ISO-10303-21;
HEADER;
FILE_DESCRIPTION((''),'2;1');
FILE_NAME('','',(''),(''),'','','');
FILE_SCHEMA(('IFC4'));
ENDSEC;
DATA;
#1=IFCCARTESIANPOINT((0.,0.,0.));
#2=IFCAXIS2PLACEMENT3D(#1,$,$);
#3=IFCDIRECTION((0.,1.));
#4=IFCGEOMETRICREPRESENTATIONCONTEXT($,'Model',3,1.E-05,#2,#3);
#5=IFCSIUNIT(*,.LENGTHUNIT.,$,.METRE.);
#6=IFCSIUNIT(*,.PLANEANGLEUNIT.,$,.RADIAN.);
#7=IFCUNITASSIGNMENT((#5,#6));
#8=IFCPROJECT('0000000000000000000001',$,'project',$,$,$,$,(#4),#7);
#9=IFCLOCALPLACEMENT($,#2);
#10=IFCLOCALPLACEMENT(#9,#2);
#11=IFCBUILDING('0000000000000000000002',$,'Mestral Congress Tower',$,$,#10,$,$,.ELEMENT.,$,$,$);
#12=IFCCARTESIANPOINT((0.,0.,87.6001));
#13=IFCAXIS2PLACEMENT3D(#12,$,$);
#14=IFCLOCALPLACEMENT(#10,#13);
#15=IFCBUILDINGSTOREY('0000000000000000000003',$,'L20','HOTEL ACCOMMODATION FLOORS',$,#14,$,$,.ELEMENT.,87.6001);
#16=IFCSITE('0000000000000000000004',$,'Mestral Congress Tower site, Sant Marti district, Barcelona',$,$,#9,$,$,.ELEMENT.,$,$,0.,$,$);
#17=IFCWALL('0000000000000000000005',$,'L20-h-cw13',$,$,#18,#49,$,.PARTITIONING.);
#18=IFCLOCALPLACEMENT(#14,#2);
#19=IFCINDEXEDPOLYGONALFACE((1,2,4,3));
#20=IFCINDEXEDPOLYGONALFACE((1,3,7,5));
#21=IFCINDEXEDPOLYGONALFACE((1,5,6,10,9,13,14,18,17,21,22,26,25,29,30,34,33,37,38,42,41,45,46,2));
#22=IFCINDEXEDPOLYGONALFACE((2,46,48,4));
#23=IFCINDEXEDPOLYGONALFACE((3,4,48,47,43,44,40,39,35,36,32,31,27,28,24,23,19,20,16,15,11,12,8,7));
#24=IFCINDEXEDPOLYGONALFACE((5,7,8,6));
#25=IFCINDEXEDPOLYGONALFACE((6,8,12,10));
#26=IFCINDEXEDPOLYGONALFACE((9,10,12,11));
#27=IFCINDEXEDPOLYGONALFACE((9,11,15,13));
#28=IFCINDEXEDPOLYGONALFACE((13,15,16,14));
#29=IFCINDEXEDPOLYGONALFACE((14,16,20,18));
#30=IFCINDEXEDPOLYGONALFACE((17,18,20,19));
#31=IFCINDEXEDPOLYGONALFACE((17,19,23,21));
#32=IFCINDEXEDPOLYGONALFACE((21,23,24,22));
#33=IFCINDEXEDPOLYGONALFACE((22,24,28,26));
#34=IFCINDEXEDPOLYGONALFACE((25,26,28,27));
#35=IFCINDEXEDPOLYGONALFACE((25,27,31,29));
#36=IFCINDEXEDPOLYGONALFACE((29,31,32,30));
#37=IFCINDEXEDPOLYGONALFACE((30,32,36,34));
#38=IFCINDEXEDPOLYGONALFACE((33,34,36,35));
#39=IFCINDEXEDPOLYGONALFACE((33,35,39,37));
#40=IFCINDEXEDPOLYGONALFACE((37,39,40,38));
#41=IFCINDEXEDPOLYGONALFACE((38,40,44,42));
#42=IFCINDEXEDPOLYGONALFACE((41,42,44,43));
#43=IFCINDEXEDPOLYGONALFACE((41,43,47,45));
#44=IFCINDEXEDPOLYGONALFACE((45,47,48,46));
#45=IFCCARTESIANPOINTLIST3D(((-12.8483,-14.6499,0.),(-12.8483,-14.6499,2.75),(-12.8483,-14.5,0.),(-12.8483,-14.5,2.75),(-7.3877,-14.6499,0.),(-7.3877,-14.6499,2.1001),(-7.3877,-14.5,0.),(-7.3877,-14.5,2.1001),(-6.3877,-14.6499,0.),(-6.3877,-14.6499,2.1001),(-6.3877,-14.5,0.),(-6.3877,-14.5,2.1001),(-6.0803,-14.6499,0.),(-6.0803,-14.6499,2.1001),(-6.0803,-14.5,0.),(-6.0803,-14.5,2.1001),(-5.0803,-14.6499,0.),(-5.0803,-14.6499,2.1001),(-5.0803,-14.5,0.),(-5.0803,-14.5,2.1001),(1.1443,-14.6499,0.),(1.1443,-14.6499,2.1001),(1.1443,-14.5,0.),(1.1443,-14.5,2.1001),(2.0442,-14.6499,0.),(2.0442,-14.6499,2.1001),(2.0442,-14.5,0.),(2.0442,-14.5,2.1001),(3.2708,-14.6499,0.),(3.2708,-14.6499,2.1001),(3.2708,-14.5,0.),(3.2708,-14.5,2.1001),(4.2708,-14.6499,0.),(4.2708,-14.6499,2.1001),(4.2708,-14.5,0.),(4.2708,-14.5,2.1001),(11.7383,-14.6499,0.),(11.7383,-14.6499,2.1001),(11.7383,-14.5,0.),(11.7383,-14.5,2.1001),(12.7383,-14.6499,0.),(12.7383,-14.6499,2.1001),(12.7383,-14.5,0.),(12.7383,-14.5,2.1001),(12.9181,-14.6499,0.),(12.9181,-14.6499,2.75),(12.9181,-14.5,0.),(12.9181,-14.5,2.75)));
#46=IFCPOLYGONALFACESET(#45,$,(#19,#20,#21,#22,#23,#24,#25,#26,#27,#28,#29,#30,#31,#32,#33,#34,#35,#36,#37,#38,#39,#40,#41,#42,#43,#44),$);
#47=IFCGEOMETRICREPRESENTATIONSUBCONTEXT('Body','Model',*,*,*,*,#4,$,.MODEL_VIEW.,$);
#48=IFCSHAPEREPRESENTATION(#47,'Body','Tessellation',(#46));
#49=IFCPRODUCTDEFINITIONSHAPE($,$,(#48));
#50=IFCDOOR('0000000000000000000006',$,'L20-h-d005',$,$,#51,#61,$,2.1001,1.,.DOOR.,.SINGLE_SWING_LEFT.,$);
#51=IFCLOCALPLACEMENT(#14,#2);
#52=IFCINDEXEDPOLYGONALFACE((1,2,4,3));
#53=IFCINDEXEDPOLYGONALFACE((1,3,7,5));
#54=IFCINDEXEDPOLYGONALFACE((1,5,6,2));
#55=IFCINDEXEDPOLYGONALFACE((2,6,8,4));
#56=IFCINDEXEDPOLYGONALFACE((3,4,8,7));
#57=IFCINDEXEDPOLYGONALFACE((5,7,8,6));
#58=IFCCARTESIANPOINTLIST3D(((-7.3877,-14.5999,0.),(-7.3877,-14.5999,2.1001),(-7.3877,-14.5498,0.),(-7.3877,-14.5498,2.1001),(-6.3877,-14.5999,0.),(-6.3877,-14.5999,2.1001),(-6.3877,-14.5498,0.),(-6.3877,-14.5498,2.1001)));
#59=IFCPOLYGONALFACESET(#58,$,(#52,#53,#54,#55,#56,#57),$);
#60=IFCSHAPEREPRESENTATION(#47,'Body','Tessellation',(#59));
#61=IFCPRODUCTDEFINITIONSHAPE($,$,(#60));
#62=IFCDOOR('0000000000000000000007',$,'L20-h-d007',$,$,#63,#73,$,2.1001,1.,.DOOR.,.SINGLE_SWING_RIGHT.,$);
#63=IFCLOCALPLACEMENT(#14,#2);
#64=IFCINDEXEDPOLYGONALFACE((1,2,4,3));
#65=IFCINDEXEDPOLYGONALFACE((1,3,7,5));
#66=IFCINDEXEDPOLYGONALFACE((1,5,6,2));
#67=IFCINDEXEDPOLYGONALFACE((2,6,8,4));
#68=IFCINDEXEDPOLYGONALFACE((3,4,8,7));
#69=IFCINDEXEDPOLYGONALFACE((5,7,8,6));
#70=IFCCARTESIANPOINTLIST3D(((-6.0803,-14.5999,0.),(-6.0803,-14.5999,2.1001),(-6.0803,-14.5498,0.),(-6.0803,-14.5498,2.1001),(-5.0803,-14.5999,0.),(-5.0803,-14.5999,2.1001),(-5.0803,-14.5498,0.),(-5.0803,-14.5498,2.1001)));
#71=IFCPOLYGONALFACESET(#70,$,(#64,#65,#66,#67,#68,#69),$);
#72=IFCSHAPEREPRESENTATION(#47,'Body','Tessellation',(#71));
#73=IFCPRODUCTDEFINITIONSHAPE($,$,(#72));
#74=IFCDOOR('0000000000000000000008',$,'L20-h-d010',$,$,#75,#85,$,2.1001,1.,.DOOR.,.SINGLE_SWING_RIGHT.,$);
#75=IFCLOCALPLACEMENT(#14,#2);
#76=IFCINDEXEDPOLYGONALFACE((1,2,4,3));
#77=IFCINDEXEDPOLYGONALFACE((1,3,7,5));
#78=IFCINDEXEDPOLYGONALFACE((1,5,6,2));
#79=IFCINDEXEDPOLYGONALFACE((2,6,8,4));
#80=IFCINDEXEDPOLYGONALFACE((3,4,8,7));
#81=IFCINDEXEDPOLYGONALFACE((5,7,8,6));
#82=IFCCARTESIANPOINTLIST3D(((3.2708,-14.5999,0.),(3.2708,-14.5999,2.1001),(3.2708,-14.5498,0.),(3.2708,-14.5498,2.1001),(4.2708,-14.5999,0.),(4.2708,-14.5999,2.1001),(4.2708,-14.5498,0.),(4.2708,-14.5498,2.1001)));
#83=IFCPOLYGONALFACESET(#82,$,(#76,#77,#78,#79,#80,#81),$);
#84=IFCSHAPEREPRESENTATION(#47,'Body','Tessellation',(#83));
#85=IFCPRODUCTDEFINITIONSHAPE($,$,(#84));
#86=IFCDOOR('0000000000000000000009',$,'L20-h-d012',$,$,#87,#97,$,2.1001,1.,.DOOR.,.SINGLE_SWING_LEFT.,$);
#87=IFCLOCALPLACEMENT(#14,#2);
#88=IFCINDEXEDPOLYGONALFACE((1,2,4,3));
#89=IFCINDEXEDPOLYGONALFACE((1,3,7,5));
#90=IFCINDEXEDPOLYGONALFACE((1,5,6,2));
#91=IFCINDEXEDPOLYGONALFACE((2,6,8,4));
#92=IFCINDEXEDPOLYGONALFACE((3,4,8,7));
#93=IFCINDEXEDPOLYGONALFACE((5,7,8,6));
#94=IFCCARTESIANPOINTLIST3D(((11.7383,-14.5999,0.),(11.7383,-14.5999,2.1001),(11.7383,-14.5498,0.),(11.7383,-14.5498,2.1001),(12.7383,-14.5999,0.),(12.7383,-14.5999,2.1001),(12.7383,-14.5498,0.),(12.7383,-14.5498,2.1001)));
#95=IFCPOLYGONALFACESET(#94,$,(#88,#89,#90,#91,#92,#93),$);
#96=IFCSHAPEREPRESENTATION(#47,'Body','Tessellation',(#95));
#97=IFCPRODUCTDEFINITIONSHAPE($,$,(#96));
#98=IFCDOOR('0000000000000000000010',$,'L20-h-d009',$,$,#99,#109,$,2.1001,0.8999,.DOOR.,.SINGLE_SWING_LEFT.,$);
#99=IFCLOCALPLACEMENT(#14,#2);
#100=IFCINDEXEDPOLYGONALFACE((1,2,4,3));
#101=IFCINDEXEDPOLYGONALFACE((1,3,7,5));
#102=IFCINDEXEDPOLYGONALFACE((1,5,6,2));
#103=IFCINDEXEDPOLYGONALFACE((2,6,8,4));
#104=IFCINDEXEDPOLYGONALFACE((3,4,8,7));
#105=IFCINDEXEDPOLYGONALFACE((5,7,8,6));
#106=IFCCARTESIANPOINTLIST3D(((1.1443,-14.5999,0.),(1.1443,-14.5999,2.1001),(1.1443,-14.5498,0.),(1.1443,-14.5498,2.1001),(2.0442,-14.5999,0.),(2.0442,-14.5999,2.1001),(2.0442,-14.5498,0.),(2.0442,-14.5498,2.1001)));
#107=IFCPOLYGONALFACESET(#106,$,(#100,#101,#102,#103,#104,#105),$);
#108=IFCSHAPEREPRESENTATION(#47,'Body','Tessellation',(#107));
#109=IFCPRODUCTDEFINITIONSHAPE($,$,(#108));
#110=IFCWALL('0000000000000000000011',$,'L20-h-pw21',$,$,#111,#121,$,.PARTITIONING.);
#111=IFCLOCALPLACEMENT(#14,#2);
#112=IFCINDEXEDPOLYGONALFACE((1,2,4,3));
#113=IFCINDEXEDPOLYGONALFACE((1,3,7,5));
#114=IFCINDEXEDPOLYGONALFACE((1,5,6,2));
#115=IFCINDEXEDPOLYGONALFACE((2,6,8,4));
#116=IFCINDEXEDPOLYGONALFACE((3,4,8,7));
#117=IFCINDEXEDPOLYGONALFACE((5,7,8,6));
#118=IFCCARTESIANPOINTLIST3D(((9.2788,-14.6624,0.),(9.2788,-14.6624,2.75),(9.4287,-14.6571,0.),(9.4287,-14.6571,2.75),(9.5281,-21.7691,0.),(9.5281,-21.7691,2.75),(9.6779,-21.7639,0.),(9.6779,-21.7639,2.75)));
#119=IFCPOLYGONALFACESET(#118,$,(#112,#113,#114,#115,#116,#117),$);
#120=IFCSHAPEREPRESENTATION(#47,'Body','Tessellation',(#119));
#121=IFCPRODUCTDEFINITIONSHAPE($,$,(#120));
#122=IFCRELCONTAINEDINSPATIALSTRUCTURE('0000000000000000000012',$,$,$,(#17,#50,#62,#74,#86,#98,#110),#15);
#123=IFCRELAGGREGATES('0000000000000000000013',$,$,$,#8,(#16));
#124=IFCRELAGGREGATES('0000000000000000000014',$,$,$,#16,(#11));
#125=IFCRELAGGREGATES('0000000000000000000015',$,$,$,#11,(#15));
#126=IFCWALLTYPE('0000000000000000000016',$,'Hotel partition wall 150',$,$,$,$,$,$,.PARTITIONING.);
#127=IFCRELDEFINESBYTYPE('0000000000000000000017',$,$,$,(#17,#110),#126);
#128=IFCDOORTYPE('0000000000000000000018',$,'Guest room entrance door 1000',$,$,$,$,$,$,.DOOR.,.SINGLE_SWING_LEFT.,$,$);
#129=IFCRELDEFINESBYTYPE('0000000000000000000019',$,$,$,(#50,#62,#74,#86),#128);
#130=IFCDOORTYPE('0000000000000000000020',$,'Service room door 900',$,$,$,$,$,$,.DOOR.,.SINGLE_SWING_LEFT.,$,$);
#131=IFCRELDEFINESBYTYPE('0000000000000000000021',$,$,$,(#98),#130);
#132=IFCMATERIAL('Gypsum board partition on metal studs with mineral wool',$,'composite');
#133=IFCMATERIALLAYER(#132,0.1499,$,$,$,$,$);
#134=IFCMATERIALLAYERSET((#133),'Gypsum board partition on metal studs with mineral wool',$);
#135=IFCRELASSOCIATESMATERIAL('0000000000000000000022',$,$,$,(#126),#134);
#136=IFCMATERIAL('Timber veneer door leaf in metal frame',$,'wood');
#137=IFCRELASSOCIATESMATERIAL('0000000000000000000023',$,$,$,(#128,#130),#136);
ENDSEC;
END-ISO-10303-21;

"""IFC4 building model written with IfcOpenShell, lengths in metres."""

from ifc_helpers import new_model, si_unit, direction, frame, frame_2d, origin, place, context, subcontext, project, spatial, rectangle, extrude, material, layer, layer_set, type_object, element, fill, save


model = new_model("IFC4")

# Units and contexts
model_context = context("Model", 3, precision=1e-05, world=origin(), true_north=direction((0.0, 1.0)))
body_context = subcontext(model_context, "Body", "Model", "MODEL_VIEW")
ifc_project = project(units=[si_unit("LENGTHUNIT", "METRE"), si_unit("PLANEANGLEUNIT", "RADIAN")], contexts=[model_context])

# Site, building, storey
site_placement = place(None, origin())
site = spatial("IfcSite", under=ifc_project, at=site_placement, Name="Mestral Congress Tower site, Sant Marti district, Barcelona", CompositionType="ELEMENT", RefElevation=0.0)
building_placement = place(site_placement, origin())
building = spatial("IfcBuilding", under=site, at=building_placement, Name="Mestral Congress Tower", CompositionType="ELEMENT")
storey_placement = place(building_placement, frame((0.0, 0.0, 87.6001)))
storey = spatial("IfcBuildingStorey", under=building, at=storey_placement, Name="L20", Description="HOTEL ACCOMMODATION FLOORS", CompositionType="ELEMENT", Elevation=87.6001)

# Shared definitions
ifc_material_1 = material(Name="Gypsum board partition on metal studs with mineral wool", Category="composite")

# Wall, openings, doors
ifc_layer_1 = layer(ifc_material_1, 0.1499)
ifc_layer_set_1 = layer_set([ifc_layer_1], Name="Gypsum board partition on metal studs with mineral wool")
wall_type_1 = type_object("IfcWallType", Name="Hotel partition wall 150", PredefinedType="PARTITIONING", material=ifc_layer_set_1)
wall_1_placement = place(storey_placement, frame((12.9182, -14.575, 0.0), z_axis=(0.0, 0.0, 1.0), x_axis=(-1.0, 0.0, 0.0)))
wall_1 = element("IfcWall", 1, at=wall_1_placement, inside=storey, type_object=wall_type_1, Name="L20-h-cw13", PredefinedType="PARTITIONING", context=body_context, shape_type="SweptSolid", body=[
    extrude(rectangle(XDim=25.7664, YDim=0.1499, at=frame_2d((12.8833, 0.0))), origin(), (0.0, 0.0, 1.0), 2.75),
])
opening_1_placement = place(wall_1_placement, frame((19.3059, 0.0, 0.0)))
opening_1 = element("IfcOpeningElement", 2, at=opening_1_placement, cuts=wall_1, PredefinedType="OPENING", context=body_context, shape_type="SweptSolid", body=[
    extrude(rectangle(XDim=1.0, YDim=2.1001, at=frame_2d((0.5, 1.05))), frame((0.0, 0.085, 0.0), z_axis=(0.0, -1.0, 0.0), x_axis=(1.0, 0.0, 0.0)), (0.0, 0.0, 1.0), 0.1699),
])
opening_2_placement = place(wall_1_placement, frame((17.9985, 0.0, 0.0)))
opening_2 = element("IfcOpeningElement", 3, at=opening_2_placement, cuts=wall_1, PredefinedType="OPENING", context=body_context, shape_type="SweptSolid", body=[
    extrude(rectangle(XDim=1.0, YDim=2.1001, at=frame_2d((0.5, 1.05))), frame((0.0, 0.085, 0.0), z_axis=(0.0, -1.0, 0.0), x_axis=(1.0, 0.0, 0.0)), (0.0, 0.0, 1.0), 0.1699),
])
opening_3_placement = place(wall_1_placement, frame((10.874, 0.0, 0.0)))
opening_3 = element("IfcOpeningElement", 4, at=opening_3_placement, cuts=wall_1, PredefinedType="OPENING", context=body_context, shape_type="SweptSolid", body=[
    extrude(rectangle(XDim=0.8999, YDim=2.1001, at=frame_2d((0.45, 1.05))), frame((0.0, 0.085, 0.0), z_axis=(0.0, -1.0, 0.0), x_axis=(1.0, 0.0, 0.0)), (0.0, 0.0, 1.0), 0.1699),
])
opening_4_placement = place(wall_1_placement, frame((8.6475, 0.0, 0.0)))
opening_4 = element("IfcOpeningElement", 5, at=opening_4_placement, cuts=wall_1, PredefinedType="OPENING", context=body_context, shape_type="SweptSolid", body=[
    extrude(rectangle(XDim=1.0, YDim=2.1001, at=frame_2d((0.5, 1.05))), frame((0.0, 0.085, 0.0), z_axis=(0.0, -1.0, 0.0), x_axis=(1.0, 0.0, 0.0)), (0.0, 0.0, 1.0), 0.1699),
])
opening_5_placement = place(wall_1_placement, frame((0.1799, 0.0, 0.0)))
opening_5 = element("IfcOpeningElement", 6, at=opening_5_placement, cuts=wall_1, PredefinedType="OPENING", context=body_context, shape_type="SweptSolid", body=[
    extrude(rectangle(XDim=1.0, YDim=2.1001, at=frame_2d((0.5, 1.05))), frame((0.0, 0.085, 0.0), z_axis=(0.0, -1.0, 0.0), x_axis=(1.0, 0.0, 0.0)), (0.0, 0.0, 1.0), 0.1699),
])
ifc_material_2 = material(Name="Timber veneer door leaf in metal frame", Category="wood")
door_type_1 = type_object("IfcDoorType", Name="Guest room entrance door 1000", OperationType="SINGLE_SWING_LEFT", PredefinedType="DOOR", material=ifc_material_2)
door_1_placement = place(opening_1_placement, origin())
door_1 = element("IfcDoor", 7, at=door_1_placement, inside=storey, type_object=door_type_1, Name="L20-h-d005", OperationType="SINGLE_SWING_LEFT", OverallHeight=2.1001, OverallWidth=1.0, PredefinedType="DOOR", context=body_context, shape_type="SweptSolid", body=[
    extrude(rectangle(XDim=1.0, YDim=2.1001, at=frame_2d((0.5, 1.05))), frame((0.0, 0.0249, 0.0), z_axis=(0.0, -1.0, 0.0), x_axis=(1.0, 0.0, 0.0)), (0.0, 0.0, 1.0), 0.05),
])
fill(opening_1, door_1)
door_2_placement = place(opening_2_placement, origin())
door_2 = element("IfcDoor", 8, at=door_2_placement, inside=storey, type_object=door_type_1, Name="L20-h-d007", OperationType="SINGLE_SWING_RIGHT", OverallHeight=2.1001, OverallWidth=1.0, PredefinedType="DOOR", context=body_context, shape_type="SweptSolid", body=[
    extrude(rectangle(XDim=1.0, YDim=2.1001, at=frame_2d((0.5, 1.05))), frame((0.0, 0.0249, 0.0), z_axis=(0.0, -1.0, 0.0), x_axis=(1.0, 0.0, 0.0)), (0.0, 0.0, 1.0), 0.05),
])
fill(opening_2, door_2)
door_3_placement = place(opening_4_placement, origin())
door_3 = element("IfcDoor", 9, at=door_3_placement, inside=storey, type_object=door_type_1, Name="L20-h-d010", OperationType="SINGLE_SWING_RIGHT", OverallHeight=2.1001, OverallWidth=1.0, PredefinedType="DOOR", context=body_context, shape_type="SweptSolid", body=[
    extrude(rectangle(XDim=1.0, YDim=2.1001, at=frame_2d((0.5, 1.05))), frame((0.0, 0.0249, 0.0), z_axis=(0.0, -1.0, 0.0), x_axis=(1.0, 0.0, 0.0)), (0.0, 0.0, 1.0), 0.05),
])
fill(opening_4, door_3)
door_4_placement = place(opening_5_placement, origin())
door_4 = element("IfcDoor", 10, at=door_4_placement, inside=storey, type_object=door_type_1, Name="L20-h-d012", OperationType="SINGLE_SWING_LEFT", OverallHeight=2.1001, OverallWidth=1.0, PredefinedType="DOOR", context=body_context, shape_type="SweptSolid", body=[
    extrude(rectangle(XDim=1.0, YDim=2.1001, at=frame_2d((0.5, 1.05))), frame((0.0, 0.0249, 0.0), z_axis=(0.0, -1.0, 0.0), x_axis=(1.0, 0.0, 0.0)), (0.0, 0.0, 1.0), 0.05),
])
fill(opening_5, door_4)
door_type_2 = type_object("IfcDoorType", Name="Service room door 900", OperationType="SINGLE_SWING_LEFT", PredefinedType="DOOR", material=ifc_material_2)
door_5_placement = place(opening_3_placement, origin())
door_5 = element("IfcDoor", 11, at=door_5_placement, inside=storey, type_object=door_type_2, Name="L20-h-d009", OperationType="SINGLE_SWING_LEFT", OverallHeight=2.1001, OverallWidth=0.8999, PredefinedType="DOOR", context=body_context, shape_type="SweptSolid", body=[
    extrude(rectangle(XDim=0.8999, YDim=2.1001, at=frame_2d((0.45, 1.05))), frame((0.0, 0.0249, 0.0), z_axis=(0.0, -1.0, 0.0), x_axis=(1.0, 0.0, 0.0)), (0.0, 0.0, 1.0), 0.05),
])
fill(opening_3, door_5)

# Wall
wall_2_placement = place(storey_placement, frame((9.603, -21.7666, 0.0), z_axis=(0.0, 0.0, 1.0), x_axis=(-0.035054, 0.999385, 0.0)))
element("IfcWall", 12, at=wall_2_placement, inside=storey, type_object=wall_type_1, Name="L20-h-pw21", PredefinedType="PARTITIONING", context=body_context, shape_type="SweptSolid", body=[
    extrude(rectangle(XDim=7.1111, YDim=0.1499, at=frame_2d((3.5557, 0.0))), origin(), (0.0, 0.0, 1.0), 2.75),
])

save(model, "model.ifc")
